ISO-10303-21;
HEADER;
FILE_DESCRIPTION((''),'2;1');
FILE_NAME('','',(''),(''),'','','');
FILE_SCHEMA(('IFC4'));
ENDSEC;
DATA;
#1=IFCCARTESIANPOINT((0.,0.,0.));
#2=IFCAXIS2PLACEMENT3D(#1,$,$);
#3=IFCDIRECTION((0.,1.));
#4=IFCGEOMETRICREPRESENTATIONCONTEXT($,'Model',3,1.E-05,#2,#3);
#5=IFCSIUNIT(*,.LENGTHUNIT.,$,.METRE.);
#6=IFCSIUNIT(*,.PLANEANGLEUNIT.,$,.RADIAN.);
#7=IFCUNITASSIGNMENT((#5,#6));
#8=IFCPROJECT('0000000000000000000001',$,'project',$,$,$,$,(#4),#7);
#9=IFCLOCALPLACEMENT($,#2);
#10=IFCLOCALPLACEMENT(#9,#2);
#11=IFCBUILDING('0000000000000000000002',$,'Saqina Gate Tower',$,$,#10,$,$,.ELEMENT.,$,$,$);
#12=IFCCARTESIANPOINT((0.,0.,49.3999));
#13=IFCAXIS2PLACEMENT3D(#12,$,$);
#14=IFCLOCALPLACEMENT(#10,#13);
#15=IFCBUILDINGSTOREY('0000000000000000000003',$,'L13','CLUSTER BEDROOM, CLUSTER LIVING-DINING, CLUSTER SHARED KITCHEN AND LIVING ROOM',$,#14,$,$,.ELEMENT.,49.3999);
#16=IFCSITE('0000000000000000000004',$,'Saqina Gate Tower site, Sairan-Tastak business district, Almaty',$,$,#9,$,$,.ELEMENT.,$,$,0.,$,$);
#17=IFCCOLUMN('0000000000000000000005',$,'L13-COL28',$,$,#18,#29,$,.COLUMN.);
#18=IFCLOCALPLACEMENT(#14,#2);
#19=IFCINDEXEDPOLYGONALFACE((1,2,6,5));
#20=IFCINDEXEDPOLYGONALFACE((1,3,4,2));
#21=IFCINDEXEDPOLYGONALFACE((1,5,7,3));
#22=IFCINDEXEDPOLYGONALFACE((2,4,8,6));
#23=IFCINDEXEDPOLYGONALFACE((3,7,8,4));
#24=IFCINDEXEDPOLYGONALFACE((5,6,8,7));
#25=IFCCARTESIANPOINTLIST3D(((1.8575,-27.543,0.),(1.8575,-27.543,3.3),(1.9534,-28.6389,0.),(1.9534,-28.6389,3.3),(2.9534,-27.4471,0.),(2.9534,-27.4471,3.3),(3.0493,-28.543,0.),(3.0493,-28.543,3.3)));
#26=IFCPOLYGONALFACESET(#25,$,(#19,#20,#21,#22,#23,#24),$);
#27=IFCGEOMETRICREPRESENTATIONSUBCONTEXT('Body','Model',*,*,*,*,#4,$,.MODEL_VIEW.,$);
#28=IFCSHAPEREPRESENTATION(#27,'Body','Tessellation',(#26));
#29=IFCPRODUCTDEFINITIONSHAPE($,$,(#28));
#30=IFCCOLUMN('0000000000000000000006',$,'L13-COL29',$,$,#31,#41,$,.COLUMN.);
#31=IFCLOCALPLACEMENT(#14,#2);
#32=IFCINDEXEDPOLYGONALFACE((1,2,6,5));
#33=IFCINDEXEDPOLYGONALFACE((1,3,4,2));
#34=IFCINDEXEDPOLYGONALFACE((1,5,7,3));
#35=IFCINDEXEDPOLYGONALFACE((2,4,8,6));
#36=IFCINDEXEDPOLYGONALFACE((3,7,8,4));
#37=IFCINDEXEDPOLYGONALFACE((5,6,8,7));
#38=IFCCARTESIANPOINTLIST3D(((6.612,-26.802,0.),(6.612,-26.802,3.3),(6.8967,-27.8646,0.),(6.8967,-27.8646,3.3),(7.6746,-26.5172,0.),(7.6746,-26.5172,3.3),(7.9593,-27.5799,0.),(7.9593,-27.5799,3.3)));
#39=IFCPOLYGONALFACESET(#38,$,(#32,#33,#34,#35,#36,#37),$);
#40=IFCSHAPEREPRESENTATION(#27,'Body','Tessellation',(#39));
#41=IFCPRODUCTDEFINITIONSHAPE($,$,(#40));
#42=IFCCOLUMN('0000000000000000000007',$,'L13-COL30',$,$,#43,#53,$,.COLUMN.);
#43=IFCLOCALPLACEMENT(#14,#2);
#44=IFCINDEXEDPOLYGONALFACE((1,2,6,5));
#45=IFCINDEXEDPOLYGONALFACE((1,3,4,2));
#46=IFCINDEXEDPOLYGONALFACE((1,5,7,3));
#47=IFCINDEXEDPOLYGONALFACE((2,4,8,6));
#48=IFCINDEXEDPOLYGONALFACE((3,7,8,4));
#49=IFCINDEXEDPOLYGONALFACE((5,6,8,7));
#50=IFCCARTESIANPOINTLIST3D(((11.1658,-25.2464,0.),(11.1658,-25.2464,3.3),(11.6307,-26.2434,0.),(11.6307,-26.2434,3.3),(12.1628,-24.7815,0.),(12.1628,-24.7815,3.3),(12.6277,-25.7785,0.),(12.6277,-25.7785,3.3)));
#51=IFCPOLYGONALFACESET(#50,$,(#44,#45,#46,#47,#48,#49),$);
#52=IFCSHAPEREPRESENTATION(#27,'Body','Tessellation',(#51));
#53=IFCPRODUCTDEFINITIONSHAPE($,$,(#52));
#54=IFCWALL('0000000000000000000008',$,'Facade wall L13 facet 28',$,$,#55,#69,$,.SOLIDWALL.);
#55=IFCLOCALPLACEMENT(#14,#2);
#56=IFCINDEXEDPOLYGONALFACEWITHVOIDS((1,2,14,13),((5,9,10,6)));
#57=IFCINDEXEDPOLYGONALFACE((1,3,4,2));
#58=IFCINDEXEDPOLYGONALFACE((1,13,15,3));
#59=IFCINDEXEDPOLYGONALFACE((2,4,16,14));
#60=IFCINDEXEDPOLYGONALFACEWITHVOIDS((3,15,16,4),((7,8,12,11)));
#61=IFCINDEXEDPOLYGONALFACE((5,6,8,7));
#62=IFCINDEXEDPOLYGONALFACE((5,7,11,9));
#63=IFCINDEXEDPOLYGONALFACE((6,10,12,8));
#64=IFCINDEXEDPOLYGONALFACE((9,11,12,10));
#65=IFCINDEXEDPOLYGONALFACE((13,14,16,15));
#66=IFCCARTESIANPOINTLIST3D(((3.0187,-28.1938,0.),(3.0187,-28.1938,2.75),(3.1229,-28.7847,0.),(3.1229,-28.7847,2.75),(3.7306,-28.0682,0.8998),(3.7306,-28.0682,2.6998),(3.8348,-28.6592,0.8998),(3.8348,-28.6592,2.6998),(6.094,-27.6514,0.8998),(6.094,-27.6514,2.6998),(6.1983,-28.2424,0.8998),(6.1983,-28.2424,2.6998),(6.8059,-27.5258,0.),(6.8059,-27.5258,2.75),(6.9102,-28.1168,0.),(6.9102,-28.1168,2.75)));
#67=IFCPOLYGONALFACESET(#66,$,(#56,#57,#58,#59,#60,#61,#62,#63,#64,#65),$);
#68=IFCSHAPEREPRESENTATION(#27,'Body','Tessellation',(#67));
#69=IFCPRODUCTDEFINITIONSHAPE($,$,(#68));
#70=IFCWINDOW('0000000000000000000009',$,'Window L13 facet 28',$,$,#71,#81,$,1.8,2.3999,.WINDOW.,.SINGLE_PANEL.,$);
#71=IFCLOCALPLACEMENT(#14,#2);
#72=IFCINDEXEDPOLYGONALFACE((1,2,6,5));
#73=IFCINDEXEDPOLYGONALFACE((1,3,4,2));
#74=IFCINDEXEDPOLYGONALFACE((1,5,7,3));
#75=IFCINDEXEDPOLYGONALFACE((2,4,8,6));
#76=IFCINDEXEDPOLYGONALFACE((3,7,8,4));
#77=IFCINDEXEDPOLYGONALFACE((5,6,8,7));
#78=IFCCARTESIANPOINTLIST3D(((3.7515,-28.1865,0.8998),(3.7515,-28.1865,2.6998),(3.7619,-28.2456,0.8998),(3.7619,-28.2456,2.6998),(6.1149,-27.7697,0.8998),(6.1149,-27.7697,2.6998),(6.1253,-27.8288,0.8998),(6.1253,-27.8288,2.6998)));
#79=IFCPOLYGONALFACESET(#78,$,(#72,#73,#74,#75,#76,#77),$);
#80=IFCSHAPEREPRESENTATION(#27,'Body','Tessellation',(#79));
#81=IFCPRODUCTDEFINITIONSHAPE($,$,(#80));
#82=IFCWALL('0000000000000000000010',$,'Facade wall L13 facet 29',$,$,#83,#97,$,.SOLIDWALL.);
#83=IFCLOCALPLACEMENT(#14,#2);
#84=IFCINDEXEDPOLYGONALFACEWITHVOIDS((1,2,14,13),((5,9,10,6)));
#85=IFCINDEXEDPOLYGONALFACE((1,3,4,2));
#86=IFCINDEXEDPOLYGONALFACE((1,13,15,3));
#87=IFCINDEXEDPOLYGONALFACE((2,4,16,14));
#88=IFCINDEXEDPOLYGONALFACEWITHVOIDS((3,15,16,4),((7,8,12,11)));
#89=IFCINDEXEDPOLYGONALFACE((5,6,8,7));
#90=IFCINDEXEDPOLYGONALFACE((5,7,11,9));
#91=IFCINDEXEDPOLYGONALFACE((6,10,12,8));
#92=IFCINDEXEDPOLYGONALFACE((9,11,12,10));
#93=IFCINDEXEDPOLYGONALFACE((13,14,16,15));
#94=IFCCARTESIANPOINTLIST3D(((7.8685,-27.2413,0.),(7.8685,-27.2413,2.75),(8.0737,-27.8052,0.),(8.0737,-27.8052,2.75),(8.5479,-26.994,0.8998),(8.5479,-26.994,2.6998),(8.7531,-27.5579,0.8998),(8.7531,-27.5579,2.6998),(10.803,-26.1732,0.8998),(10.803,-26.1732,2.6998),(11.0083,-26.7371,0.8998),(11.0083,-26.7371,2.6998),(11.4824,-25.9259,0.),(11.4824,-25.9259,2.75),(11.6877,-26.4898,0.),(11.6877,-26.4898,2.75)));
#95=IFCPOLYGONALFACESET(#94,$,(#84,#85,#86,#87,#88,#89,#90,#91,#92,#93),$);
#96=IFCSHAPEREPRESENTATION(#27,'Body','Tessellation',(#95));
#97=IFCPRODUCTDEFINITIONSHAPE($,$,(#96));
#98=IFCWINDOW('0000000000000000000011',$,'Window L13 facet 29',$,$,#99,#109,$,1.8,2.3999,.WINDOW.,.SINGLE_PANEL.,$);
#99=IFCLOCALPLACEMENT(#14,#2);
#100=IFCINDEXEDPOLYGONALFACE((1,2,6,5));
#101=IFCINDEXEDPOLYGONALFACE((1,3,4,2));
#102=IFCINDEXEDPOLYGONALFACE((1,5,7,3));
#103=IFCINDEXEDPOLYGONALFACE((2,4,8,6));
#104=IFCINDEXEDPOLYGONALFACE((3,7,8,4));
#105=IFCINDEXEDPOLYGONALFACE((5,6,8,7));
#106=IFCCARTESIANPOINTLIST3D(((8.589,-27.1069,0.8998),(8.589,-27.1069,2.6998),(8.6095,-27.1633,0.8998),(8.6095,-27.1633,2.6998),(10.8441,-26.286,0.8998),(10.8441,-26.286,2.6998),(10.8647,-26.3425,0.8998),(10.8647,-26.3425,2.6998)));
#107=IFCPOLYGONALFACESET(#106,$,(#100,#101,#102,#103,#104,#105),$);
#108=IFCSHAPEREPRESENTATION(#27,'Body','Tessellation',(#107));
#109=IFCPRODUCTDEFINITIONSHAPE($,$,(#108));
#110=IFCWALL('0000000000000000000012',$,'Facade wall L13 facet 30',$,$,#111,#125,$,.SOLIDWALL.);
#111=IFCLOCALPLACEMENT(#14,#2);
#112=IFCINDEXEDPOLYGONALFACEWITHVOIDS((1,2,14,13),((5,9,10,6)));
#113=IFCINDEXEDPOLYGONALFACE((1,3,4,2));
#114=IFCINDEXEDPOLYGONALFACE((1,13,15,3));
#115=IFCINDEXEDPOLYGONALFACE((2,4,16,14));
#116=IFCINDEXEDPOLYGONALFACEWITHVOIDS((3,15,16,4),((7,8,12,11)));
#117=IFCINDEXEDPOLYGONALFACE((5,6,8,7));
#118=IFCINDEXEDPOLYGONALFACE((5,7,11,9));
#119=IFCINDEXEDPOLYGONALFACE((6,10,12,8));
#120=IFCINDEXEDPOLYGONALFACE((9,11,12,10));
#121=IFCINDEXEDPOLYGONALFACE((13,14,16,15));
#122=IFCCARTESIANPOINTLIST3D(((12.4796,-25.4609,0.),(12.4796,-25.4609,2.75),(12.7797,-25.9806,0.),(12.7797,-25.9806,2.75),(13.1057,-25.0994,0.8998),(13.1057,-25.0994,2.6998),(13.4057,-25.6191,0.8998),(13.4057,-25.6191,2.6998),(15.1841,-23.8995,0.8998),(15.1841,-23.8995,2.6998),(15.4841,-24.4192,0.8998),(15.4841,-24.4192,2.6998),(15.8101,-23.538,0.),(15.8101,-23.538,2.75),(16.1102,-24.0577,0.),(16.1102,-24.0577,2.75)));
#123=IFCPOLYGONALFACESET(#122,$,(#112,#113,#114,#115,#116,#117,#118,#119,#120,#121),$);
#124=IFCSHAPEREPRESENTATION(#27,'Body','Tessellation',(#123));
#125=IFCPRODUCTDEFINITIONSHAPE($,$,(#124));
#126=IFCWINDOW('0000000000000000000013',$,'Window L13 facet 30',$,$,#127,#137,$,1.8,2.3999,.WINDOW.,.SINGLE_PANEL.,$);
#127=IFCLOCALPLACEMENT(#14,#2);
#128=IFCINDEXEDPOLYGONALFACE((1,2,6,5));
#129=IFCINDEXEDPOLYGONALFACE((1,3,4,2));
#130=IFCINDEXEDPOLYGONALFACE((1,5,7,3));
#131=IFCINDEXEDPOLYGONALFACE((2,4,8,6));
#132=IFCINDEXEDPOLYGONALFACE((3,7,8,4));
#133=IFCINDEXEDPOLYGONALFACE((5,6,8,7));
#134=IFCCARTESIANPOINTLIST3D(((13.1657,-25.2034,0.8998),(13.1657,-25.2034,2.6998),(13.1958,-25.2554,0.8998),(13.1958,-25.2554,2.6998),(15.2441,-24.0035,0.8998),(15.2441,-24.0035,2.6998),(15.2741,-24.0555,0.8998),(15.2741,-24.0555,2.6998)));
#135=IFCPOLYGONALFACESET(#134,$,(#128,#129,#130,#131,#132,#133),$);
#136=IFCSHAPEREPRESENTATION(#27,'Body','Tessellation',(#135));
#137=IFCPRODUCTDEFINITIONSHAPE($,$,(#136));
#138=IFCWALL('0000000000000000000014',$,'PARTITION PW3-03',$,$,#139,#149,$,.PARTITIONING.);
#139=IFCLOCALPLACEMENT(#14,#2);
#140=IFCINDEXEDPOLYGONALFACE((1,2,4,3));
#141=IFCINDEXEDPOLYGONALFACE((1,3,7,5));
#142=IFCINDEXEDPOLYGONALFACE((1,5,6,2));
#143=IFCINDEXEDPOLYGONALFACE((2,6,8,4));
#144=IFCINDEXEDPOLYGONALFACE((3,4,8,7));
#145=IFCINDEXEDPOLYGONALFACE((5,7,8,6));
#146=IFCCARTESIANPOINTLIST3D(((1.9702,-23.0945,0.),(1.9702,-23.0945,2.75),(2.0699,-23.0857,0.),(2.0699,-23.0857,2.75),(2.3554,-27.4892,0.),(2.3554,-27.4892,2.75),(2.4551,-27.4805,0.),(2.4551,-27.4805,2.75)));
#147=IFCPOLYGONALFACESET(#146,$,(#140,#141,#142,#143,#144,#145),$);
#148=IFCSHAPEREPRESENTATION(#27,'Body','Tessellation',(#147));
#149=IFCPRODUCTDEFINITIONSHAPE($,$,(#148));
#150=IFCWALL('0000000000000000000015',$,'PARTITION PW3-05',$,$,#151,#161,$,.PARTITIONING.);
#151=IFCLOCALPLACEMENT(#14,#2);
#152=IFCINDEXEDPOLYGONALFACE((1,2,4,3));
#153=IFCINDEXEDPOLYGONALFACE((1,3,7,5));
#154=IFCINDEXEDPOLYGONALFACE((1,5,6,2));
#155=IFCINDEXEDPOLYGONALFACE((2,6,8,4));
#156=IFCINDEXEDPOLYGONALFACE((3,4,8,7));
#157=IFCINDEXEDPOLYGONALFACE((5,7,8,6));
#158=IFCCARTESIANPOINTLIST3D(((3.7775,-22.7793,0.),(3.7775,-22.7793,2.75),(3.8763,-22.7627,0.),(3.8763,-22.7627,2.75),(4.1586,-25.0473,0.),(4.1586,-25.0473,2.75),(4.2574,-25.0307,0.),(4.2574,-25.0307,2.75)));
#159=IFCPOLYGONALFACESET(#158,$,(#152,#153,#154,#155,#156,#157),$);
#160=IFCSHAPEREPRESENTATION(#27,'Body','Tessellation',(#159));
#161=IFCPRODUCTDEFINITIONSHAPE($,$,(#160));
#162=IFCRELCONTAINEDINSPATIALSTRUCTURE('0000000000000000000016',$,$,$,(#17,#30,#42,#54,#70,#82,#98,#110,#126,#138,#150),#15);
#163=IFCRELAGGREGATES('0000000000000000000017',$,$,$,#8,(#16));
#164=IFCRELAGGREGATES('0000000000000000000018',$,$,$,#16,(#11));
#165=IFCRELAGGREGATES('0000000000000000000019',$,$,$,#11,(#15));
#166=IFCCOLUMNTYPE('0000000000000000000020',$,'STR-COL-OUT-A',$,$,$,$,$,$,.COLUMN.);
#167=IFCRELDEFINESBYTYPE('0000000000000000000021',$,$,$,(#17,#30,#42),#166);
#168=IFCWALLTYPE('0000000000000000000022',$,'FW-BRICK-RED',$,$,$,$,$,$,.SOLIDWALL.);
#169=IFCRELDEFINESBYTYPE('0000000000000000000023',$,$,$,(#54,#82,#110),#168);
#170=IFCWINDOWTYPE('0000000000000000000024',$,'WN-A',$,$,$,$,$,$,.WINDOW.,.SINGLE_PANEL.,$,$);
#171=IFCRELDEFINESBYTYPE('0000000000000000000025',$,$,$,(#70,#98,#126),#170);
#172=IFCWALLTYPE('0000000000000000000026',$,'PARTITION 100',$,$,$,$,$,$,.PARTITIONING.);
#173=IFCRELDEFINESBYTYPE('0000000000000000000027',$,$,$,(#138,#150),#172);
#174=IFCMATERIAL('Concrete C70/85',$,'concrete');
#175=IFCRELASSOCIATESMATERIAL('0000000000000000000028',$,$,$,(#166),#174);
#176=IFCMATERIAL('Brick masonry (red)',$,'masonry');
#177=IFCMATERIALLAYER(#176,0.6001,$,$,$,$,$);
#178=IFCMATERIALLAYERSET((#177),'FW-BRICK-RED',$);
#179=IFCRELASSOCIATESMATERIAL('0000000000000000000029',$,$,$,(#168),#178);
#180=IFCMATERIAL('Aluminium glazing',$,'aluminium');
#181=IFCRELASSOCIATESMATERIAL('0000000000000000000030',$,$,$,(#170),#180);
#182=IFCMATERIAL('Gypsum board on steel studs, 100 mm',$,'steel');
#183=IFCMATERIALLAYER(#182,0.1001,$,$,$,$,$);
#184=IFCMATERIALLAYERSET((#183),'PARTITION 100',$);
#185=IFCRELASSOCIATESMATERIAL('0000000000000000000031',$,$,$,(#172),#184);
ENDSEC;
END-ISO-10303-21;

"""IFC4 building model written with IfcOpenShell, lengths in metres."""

from ifc_helpers import new_model, si_unit, direction, frame, frame_2d, origin, origin_2d, place, context, subcontext, project, spatial, rectangle, extrude, material, layer, layer_set, material_profile, profile_set, type_object, element, fill, save


model = new_model("IFC4")

# Units and contexts
model_context = context("Model", 3, precision=1e-05, world=origin(), true_north=direction((0.0, 1.0)))
body_context = subcontext(model_context, "Body", "Model", "MODEL_VIEW")
ifc_project = project(units=[si_unit("LENGTHUNIT", "METRE"), si_unit("PLANEANGLEUNIT", "RADIAN")], contexts=[model_context])

# Site, building, storey
site_placement = place(None, origin())
site = spatial("IfcSite", under=ifc_project, at=site_placement, Name="Saqina Gate Tower site, Sairan-Tastak business district, Almaty", CompositionType="ELEMENT", RefElevation=0.0)
building_placement = place(site_placement, origin())
building = spatial("IfcBuilding", under=site, at=building_placement, Name="Saqina Gate Tower", CompositionType="ELEMENT")
storey_placement = place(building_placement, frame((0.0, 0.0, 49.3999)))
storey = spatial("IfcBuildingStorey", under=building, at=storey_placement, Name="L13", Description="CLUSTER BEDROOM, CLUSTER LIVING-DINING, CLUSTER SHARED KITCHEN AND LIVING ROOM", CompositionType="ELEMENT", Elevation=49.3999)

# Columns
ifc_material_1 = material(Name="Concrete C70/85", Category="concrete")
ifc_material_profile = material_profile(ifc_material_1, rectangle(XDim=1.1001, YDim=1.1001, at=origin_2d()), Name="RC 1100x1100")
ifc_profile_set = profile_set([ifc_material_profile], Name="Concrete C70/85")
column_type = type_object("IfcColumnType", Name="STR-COL-OUT-A", PredefinedType="COLUMN", material=ifc_profile_set)
for number, where, z_axis, x_axis, name in (
    (1, (2.4534, -28.043, 0.0), (0.0, 0.0, 1.0), (0.087156, -0.996195, 0.0), "L13-COL28"),
    (2, (7.2856, -27.1909, 0.0), (0.0, 0.0, 1.0), (0.258819, -0.965926, 0.0), "L13-COL29"),
    (3, (11.8967, -25.5125, 0.0), (0.0, 0.0, 1.0), (0.422618, -0.906308, 0.0), "L13-COL30"),
):
    element("IfcColumn", number, at=place(storey_placement, frame(where, z_axis=z_axis, x_axis=x_axis)), inside=storey, type_object=column_type, Name=name, PredefinedType="COLUMN", context=body_context, shape_type="SweptSolid", body=[
        extrude(rectangle(XDim=1.1001, YDim=1.1001, at=origin_2d()), origin(), (0.0, 0.0, 1.0), 3.3),
    ])

# Walls, openings, windows
ifc_material_2 = material(Name="Brick masonry (red)", Category="masonry")
ifc_layer_1 = layer(ifc_material_2, 0.6001)
ifc_layer_set_1 = layer_set([ifc_layer_1], Name="FW-BRICK-RED")
wall_type_1 = type_object("IfcWallType", Name="FW-BRICK-RED", PredefinedType="SOLIDWALL", material=ifc_layer_set_1)
wall_1_placement = place(storey_placement, frame((3.0708, -28.4893, 0.0), z_axis=(0.0, 0.0, 1.0), x_axis=(0.984801, 0.173688, 0.0)))
wall_1 = element("IfcWall", 4, at=wall_1_placement, inside=storey, type_object=wall_type_1, Name="Facade wall L13 facet 28", PredefinedType="SOLIDWALL", context=body_context, shape_type="SweptSolid", body=[
    extrude(rectangle(XDim=3.8457, YDim=0.6001, at=frame_2d((1.9229, 0.0))), origin(), (0.0, 0.0, 1.0), 2.75),
])
opening_1_placement = place(wall_1_placement, frame((0.7229, 0.0, 0.8999)))
opening_1 = element("IfcOpeningElement", 5, at=opening_1_placement, cuts=wall_1, PredefinedType="OPENING", context=body_context, shape_type="SweptSolid", body=[
    extrude(rectangle(XDim=2.3999, YDim=1.8, at=frame_2d((1.2, 0.8999))), frame((0.0, 0.312, 0.0), z_axis=(0.0, -1.0, 0.0), x_axis=(1.0, 0.0, 0.0)), (0.0, 0.0, 1.0), 0.624),
])
ifc_material_3 = material(Name="Aluminium glazing", Category="aluminium")
window_type = type_object("IfcWindowType", Name="WN-A", PartitioningType="SINGLE_PANEL", PredefinedType="WINDOW", material=ifc_material_3)
window_1_placement = place(opening_1_placement, origin())
window_1 = element("IfcWindow", 6, at=window_1_placement, inside=storey, type_object=window_type, Name="Window L13 facet 28", OverallHeight=1.8, OverallWidth=2.3999, PartitioningType="SINGLE_PANEL", PredefinedType="WINDOW", context=body_context, shape_type="SweptSolid", body=[
    extrude(rectangle(XDim=2.3999, YDim=1.8, at=frame_2d((1.2, 0.8999))), frame((0.0, 0.1799, 0.0), z_axis=(0.0, -1.0, 0.0), x_axis=(1.0, 0.0, 0.0)), (0.0, 0.0, 1.0), 0.0601),
])
fill(opening_1, window_1)
wall_2_placement = place(storey_placement, frame((7.9712, -27.5232, 0.0), z_axis=(0.0, 0.0, 1.0), x_axis=(0.93969, 0.342028, 0.0)))
wall_2 = element("IfcWall", 7, at=wall_2_placement, inside=storey, type_object=wall_type_1, Name="Facade wall L13 facet 29", PredefinedType="SOLIDWALL", context=body_context, shape_type="SweptSolid", body=[
    extrude(rectangle(XDim=3.8459, YDim=0.6001, at=frame_2d((1.9229, 0.0))), origin(), (0.0, 0.0, 1.0), 2.75),
])
opening_2_placement = place(wall_2_placement, frame((0.7229, 0.0, 0.8999)))
opening_2 = element("IfcOpeningElement", 8, at=opening_2_placement, cuts=wall_2, PredefinedType="OPENING", context=body_context, shape_type="SweptSolid", body=[
    extrude(rectangle(XDim=2.3999, YDim=1.8, at=frame_2d((1.2, 0.8999))), frame((0.0, 0.312, 0.0), z_axis=(0.0, -1.0, 0.0), x_axis=(1.0, 0.0, 0.0)), (0.0, 0.0, 1.0), 0.624),
])
window_2_placement = place(opening_2_placement, origin())
window_2 = element("IfcWindow", 9, at=window_2_placement, inside=storey, type_object=window_type, Name="Window L13 facet 29", OverallHeight=1.8, OverallWidth=2.3999, PartitioningType="SINGLE_PANEL", PredefinedType="WINDOW", context=body_context, shape_type="SweptSolid", body=[
    extrude(rectangle(XDim=2.3999, YDim=1.8, at=frame_2d((1.2, 0.8999))), frame((0.0, 0.1799, 0.0), z_axis=(0.0, -1.0, 0.0), x_axis=(1.0, 0.0, 0.0)), (0.0, 0.0, 1.0), 0.0601),
])
fill(opening_2, window_2)
wall_3_placement = place(storey_placement, frame((12.6296, -25.7207, 0.0), z_axis=(0.0, 0.0, 1.0), x_axis=(0.866031, 0.49999, 0.0)))
wall_3 = element("IfcWall", 10, at=wall_3_placement, inside=storey, type_object=wall_type_1, Name="Facade wall L13 facet 30", PredefinedType="SOLIDWALL", context=body_context, shape_type="SweptSolid", body=[
    extrude(rectangle(XDim=3.8457, YDim=0.6001, at=frame_2d((1.9229, 0.0))), origin(), (0.0, 0.0, 1.0), 2.75),
])
opening_3_placement = place(wall_3_placement, frame((0.7229, 0.0, 0.8999)))
opening_3 = element("IfcOpeningElement", 11, at=opening_3_placement, cuts=wall_3, PredefinedType="OPENING", context=body_context, shape_type="SweptSolid", body=[
    extrude(rectangle(XDim=2.3999, YDim=1.8, at=frame_2d((1.2, 0.8999))), frame((0.0, 0.312, 0.0), z_axis=(0.0, -1.0, 0.0), x_axis=(1.0, 0.0, 0.0)), (0.0, 0.0, 1.0), 0.624),
])
window_3_placement = place(opening_3_placement, origin())
window_3 = element("IfcWindow", 12, at=window_3_placement, inside=storey, type_object=window_type, Name="Window L13 facet 30", OverallHeight=1.8, OverallWidth=2.3999, PartitioningType="SINGLE_PANEL", PredefinedType="WINDOW", context=body_context, shape_type="SweptSolid", body=[
    extrude(rectangle(XDim=2.3999, YDim=1.8, at=frame_2d((1.2, 0.8999))), frame((0.0, 0.1799, 0.0), z_axis=(0.0, -1.0, 0.0), x_axis=(1.0, 0.0, 0.0)), (0.0, 0.0, 1.0), 0.0601),
])
fill(opening_3, window_3)

# Walls
ifc_material_4 = material(Name="Gypsum board on steel studs, 100 mm", Category="steel")
ifc_layer_2 = layer(ifc_material_4, 0.1001)
ifc_layer_set_2 = layer_set([ifc_layer_2], Name="PARTITION 100")
wall_type_2 = type_object("IfcWallType", Name="PARTITION 100", PredefinedType="PARTITIONING", material=ifc_layer_set_2)
wall_4_placement = place(storey_placement, frame((2.02, -23.0901, 0.0), z_axis=(0.0, 0.0, 1.0), x_axis=(0.087327, -0.99618, 0.0)))
element("IfcWall", 13, at=wall_4_placement, inside=storey, type_object=wall_type_2, Name="PARTITION PW3-03", PredefinedType="PARTITIONING", context=body_context, shape_type="SweptSolid", body=[
    extrude(rectangle(XDim=4.4116, YDim=0.1001, at=frame_2d((2.2058, 0.0))), origin(), (0.0, 0.0, 1.0), 2.75),
])
wall_5_placement = place(storey_placement, frame((3.8269, -22.771, 0.0), z_axis=(0.0, 0.0, 1.0), x_axis=(0.165707, -0.986175, 0.0)))
element("IfcWall", 14, at=wall_5_placement, inside=storey, type_object=wall_type_2, Name="PARTITION PW3-05", PredefinedType="PARTITIONING", context=body_context, shape_type="SweptSolid", body=[
    extrude(rectangle(XDim=2.2998, YDim=0.1001, at=frame_2d((1.1499, 0.0))), origin(), (0.0, 0.0, 1.0), 2.75),
])

save(model, "model.ifc")
